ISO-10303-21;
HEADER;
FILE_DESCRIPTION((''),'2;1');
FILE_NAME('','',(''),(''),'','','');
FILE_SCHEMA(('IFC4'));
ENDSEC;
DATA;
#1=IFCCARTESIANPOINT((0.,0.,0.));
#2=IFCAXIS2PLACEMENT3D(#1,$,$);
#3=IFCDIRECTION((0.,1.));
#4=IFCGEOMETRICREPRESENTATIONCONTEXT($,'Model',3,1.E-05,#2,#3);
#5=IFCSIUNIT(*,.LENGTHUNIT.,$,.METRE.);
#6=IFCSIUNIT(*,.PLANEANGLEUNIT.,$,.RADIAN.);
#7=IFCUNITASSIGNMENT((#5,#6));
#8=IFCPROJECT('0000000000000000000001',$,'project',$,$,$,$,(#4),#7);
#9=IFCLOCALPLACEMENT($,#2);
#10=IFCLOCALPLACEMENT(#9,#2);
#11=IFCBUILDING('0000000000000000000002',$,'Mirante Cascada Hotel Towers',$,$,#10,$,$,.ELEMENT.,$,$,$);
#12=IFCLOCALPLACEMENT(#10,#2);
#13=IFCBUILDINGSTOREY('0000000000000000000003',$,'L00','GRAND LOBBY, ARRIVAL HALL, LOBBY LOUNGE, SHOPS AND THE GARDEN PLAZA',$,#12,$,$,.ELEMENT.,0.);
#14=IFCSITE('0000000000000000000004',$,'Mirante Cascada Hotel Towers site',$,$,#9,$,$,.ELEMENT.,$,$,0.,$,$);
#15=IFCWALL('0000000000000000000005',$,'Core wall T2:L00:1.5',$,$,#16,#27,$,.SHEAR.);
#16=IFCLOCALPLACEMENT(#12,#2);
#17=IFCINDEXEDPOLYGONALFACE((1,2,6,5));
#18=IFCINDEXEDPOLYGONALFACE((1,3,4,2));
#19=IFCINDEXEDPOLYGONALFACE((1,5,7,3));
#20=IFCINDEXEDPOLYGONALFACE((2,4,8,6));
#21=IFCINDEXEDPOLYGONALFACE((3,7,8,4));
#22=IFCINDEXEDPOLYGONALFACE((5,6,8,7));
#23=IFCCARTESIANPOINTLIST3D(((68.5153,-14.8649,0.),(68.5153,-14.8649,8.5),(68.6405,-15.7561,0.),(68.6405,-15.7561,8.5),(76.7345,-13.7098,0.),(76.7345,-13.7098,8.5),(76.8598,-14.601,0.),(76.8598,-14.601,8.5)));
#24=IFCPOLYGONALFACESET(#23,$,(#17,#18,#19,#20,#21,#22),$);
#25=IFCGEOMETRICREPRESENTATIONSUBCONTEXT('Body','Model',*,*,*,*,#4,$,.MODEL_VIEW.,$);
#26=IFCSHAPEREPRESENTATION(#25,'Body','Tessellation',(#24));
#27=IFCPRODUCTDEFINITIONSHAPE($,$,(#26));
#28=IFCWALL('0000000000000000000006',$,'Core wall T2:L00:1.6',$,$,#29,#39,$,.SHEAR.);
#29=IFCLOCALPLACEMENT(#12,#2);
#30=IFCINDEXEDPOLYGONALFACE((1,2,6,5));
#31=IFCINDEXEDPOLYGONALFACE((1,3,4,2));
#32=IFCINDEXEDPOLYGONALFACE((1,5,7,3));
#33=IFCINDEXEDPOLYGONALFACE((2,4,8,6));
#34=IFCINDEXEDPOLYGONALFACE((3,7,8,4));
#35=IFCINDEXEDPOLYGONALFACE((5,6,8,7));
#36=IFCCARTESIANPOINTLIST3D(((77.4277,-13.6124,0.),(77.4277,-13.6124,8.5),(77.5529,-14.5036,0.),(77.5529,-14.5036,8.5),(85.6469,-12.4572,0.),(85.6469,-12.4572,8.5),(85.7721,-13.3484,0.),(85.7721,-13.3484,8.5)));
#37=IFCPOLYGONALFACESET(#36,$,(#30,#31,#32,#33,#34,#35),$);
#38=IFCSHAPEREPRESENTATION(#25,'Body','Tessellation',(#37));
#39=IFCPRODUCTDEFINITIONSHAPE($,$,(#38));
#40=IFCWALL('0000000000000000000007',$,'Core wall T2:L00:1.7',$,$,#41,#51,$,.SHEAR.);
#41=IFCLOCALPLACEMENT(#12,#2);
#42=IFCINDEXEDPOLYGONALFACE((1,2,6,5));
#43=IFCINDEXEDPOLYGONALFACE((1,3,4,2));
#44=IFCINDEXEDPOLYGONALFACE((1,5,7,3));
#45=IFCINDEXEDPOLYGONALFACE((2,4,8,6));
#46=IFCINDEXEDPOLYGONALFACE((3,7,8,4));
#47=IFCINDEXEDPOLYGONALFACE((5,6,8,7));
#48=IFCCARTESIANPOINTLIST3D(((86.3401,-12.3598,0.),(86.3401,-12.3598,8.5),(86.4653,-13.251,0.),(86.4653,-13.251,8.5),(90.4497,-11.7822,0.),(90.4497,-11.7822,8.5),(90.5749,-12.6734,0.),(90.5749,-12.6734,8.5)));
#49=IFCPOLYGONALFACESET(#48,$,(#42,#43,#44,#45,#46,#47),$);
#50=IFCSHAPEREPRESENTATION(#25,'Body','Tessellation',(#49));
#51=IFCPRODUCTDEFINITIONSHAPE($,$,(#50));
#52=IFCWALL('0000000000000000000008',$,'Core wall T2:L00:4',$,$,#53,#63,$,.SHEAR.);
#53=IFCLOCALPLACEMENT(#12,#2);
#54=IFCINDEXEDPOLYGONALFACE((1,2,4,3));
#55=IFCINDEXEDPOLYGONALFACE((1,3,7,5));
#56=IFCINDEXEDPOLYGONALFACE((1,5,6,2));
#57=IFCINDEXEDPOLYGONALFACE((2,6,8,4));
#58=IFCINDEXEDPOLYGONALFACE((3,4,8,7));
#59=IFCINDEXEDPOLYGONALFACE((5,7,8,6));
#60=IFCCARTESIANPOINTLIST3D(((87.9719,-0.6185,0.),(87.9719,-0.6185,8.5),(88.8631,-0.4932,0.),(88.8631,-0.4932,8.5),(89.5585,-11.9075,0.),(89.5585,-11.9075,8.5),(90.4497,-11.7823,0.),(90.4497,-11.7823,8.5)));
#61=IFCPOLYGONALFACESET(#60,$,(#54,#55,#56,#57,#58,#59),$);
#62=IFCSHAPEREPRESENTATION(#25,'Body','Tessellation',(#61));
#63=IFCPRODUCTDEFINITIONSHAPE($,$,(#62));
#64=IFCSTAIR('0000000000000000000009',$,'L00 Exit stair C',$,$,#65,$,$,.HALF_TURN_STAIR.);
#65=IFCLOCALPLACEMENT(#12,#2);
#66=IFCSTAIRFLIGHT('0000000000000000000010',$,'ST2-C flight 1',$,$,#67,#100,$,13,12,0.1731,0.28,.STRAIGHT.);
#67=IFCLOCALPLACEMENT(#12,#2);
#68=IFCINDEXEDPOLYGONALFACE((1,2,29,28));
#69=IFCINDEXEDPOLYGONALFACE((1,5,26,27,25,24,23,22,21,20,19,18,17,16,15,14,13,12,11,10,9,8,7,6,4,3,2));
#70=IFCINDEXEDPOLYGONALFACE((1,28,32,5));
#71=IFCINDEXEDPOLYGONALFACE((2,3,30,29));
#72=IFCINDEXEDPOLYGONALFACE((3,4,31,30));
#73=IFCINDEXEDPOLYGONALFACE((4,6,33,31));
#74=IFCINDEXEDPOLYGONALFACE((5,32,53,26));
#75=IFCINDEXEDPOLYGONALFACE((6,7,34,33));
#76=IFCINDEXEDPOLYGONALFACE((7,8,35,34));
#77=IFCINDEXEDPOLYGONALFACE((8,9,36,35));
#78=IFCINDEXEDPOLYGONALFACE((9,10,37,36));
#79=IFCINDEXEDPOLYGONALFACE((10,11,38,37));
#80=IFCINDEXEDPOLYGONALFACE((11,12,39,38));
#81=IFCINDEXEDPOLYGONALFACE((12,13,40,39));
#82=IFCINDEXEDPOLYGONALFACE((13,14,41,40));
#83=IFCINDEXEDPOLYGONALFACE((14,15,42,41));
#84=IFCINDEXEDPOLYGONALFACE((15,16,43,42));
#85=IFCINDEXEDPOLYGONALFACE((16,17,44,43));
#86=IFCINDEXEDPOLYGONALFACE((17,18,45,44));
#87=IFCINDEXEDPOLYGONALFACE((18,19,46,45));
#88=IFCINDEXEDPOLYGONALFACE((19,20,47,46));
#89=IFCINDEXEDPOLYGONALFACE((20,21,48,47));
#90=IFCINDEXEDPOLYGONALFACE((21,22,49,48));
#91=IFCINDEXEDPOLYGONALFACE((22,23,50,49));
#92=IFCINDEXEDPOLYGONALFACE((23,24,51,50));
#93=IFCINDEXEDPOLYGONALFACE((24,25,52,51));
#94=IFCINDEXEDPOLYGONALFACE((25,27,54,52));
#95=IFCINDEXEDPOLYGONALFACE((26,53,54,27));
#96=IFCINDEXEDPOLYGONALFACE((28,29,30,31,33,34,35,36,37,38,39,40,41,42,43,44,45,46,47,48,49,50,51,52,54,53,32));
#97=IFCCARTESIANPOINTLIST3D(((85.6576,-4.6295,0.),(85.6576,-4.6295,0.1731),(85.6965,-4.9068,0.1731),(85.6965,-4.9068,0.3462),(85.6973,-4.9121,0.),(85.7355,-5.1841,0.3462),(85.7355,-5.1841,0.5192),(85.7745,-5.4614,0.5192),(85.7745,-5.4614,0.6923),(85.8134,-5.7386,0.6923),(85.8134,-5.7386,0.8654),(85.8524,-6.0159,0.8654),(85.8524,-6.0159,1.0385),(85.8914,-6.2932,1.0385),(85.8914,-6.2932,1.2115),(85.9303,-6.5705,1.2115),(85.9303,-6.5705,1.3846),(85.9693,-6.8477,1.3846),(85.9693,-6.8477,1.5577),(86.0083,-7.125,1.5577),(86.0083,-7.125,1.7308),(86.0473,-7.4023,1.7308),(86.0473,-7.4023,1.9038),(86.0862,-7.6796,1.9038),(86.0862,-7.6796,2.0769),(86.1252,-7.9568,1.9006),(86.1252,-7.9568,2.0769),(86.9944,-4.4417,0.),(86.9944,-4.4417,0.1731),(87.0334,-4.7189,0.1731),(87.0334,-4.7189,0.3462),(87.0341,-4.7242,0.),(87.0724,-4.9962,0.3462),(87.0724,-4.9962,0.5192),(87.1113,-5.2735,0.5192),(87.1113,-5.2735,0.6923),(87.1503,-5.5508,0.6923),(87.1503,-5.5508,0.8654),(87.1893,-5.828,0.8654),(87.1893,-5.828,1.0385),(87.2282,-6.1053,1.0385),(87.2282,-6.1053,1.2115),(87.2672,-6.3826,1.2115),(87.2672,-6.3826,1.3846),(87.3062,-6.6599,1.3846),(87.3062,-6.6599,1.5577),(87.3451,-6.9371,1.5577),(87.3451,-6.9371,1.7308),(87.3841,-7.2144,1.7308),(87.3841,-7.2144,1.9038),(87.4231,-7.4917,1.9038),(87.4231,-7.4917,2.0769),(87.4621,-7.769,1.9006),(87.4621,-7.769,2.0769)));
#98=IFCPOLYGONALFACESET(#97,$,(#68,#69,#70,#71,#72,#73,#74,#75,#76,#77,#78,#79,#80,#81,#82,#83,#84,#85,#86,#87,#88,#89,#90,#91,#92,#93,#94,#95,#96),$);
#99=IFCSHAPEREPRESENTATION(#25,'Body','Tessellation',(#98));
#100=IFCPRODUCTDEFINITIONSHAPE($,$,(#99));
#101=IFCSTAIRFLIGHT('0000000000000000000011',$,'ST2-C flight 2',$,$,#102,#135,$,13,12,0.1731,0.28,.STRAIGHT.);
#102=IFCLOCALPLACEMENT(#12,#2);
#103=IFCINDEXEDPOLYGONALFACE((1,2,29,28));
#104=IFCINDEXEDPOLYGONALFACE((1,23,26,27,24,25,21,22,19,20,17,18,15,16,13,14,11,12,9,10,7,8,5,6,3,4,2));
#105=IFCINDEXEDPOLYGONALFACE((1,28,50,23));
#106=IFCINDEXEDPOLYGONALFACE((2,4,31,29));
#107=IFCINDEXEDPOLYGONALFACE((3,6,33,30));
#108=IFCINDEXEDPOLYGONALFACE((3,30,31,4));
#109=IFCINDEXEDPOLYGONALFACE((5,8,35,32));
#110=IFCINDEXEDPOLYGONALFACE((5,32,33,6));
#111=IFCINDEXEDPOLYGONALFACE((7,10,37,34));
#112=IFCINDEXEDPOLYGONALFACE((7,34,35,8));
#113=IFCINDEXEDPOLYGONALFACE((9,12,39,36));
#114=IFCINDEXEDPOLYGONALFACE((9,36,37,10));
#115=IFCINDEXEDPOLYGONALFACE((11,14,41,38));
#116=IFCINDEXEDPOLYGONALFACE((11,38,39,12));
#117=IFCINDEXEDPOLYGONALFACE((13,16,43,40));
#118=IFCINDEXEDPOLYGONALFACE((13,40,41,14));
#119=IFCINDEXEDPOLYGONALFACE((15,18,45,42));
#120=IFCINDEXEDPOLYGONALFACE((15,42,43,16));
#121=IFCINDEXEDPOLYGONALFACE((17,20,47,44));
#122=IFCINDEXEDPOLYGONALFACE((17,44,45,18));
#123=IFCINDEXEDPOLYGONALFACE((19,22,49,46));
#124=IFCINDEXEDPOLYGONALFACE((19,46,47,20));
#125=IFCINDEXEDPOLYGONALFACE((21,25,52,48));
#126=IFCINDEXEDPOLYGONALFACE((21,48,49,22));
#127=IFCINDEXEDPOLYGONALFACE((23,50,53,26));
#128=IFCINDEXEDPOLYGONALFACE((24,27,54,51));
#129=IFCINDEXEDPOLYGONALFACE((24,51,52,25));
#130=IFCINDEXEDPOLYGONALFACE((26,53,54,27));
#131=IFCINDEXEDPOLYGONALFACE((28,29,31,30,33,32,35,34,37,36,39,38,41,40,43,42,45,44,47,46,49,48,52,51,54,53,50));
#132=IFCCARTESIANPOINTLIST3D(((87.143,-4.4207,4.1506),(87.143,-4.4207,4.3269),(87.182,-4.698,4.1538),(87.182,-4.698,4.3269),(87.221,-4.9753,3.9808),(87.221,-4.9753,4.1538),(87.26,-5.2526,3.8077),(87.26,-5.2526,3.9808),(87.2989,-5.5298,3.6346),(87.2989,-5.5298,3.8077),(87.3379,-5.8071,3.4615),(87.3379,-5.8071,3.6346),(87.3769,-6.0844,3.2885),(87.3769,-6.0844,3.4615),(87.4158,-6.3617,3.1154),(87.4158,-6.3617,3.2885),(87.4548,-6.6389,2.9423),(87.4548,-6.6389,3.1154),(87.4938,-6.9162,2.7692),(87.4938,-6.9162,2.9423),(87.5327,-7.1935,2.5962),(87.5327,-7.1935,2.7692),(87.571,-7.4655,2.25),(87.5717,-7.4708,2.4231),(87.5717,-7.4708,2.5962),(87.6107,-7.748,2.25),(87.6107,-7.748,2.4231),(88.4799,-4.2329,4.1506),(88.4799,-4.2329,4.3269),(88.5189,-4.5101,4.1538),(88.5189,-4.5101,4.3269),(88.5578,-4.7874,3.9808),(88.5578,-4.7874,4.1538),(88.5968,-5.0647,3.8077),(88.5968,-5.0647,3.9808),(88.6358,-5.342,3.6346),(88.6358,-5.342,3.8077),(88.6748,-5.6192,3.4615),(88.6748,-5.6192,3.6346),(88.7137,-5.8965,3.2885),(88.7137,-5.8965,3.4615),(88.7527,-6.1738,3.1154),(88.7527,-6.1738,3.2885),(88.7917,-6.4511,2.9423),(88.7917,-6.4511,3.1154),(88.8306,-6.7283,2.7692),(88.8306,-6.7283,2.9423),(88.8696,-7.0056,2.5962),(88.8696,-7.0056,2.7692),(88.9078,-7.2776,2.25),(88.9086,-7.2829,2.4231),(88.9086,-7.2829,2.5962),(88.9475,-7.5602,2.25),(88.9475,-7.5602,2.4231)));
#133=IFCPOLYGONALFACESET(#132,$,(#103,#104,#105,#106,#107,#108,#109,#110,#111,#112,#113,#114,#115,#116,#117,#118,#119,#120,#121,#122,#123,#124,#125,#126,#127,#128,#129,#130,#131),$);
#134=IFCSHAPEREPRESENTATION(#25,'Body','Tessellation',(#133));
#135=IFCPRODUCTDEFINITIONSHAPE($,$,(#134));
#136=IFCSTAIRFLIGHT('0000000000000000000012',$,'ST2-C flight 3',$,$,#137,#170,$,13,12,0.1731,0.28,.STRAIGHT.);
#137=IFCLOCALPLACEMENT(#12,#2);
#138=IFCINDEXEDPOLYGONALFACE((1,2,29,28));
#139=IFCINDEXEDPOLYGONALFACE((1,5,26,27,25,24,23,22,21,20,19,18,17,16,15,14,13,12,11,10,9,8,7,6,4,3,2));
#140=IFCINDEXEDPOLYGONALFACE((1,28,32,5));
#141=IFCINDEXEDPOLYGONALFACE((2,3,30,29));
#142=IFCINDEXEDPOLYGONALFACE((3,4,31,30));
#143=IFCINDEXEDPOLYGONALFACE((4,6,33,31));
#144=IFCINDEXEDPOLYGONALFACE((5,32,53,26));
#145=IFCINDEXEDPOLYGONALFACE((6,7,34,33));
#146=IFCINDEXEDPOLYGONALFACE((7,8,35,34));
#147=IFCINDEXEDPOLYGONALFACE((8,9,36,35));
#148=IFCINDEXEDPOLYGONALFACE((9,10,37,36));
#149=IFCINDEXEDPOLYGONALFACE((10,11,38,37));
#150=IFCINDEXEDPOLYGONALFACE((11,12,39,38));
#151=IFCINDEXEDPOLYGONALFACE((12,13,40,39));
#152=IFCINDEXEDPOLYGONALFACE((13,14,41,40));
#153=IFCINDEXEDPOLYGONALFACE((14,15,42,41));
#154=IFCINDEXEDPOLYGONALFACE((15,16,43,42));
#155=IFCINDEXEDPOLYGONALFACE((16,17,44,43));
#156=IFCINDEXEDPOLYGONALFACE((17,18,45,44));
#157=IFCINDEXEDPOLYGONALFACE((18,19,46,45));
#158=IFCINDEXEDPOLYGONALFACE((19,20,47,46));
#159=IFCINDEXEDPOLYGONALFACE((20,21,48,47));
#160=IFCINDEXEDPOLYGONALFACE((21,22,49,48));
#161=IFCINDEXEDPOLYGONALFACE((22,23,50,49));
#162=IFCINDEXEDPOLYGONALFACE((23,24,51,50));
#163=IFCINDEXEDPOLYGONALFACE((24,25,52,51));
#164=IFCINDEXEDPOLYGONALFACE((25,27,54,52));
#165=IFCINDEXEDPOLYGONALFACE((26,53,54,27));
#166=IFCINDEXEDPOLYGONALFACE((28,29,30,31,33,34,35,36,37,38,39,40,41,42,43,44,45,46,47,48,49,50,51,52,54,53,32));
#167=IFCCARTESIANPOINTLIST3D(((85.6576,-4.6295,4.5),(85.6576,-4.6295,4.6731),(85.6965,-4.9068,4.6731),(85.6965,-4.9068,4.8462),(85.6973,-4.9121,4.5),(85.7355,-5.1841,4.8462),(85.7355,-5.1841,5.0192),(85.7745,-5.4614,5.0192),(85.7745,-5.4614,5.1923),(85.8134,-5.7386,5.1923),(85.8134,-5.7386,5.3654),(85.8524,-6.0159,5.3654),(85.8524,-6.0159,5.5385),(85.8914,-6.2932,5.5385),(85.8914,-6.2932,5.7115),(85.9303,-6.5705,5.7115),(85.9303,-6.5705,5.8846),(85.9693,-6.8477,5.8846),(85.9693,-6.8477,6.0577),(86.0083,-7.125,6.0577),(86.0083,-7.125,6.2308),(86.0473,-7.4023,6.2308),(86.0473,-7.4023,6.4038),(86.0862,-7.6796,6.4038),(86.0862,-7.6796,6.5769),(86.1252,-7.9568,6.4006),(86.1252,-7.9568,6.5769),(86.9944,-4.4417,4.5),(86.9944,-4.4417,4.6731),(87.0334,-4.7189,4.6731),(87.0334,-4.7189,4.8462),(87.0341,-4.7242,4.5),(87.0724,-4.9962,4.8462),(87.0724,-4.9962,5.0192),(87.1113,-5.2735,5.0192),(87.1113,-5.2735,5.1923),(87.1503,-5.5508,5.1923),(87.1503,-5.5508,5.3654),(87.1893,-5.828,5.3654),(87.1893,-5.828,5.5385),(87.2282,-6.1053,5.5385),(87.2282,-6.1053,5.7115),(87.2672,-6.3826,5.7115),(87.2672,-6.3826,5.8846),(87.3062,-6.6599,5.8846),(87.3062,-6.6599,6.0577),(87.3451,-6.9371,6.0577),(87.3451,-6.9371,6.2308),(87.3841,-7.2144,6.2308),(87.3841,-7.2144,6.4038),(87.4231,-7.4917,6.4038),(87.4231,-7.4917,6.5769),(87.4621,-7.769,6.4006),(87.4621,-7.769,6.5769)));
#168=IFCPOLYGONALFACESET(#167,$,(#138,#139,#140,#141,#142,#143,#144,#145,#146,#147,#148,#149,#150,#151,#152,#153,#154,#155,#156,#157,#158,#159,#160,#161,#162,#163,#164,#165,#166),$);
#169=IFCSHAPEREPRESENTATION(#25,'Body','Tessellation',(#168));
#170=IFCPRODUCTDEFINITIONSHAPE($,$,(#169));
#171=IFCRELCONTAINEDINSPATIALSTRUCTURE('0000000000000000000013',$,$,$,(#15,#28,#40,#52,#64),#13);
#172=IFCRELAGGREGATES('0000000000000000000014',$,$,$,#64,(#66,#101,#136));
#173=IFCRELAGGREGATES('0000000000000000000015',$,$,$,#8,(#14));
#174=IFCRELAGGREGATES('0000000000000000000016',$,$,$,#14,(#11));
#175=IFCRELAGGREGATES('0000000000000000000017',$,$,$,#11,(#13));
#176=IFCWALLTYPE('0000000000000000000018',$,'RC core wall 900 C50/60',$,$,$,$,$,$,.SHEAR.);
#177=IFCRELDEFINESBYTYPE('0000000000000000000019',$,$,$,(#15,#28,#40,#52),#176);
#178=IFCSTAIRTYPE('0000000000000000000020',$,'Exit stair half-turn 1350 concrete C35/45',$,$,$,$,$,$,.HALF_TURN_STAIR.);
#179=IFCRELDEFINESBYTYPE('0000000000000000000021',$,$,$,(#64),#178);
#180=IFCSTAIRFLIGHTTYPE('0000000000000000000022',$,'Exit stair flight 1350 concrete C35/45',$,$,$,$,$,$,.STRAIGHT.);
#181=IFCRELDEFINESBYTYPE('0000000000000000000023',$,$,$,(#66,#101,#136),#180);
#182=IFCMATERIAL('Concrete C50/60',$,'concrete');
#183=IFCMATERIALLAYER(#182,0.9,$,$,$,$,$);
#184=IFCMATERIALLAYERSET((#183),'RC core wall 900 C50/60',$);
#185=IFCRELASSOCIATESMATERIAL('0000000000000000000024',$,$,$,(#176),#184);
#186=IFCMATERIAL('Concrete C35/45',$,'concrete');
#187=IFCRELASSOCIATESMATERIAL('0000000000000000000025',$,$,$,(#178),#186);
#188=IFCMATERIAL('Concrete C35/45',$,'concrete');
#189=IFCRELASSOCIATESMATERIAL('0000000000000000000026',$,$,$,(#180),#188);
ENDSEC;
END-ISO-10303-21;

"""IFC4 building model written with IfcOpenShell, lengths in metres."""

from ifc_helpers import new_model, si_unit, direction, frame, frame_2d, origin, place, context, subcontext, project, spatial, polyline, rectangle, outline, extrude, material, layer, layer_set, type_object, element, aggregate, save


model = new_model("IFC4")

# Units and contexts
model_context = context("Model", 3, precision=1e-05, world=origin(), true_north=direction((0.0, 1.0)))
body_context = subcontext(model_context, "Body", "Model", "MODEL_VIEW")
ifc_project = project(units=[si_unit("LENGTHUNIT", "METRE"), si_unit("PLANEANGLEUNIT", "RADIAN")], contexts=[model_context])

# Site, building, storey
site_placement = place(None, origin())
site = spatial("IfcSite", under=ifc_project, at=site_placement, Name="Mirante Cascada Hotel Towers site", CompositionType="ELEMENT", RefElevation=0.0)
building_placement = place(site_placement, origin())
building = spatial("IfcBuilding", under=site, at=building_placement, Name="Mirante Cascada Hotel Towers", CompositionType="ELEMENT")
storey_placement = place(building_placement, origin())
storey = spatial("IfcBuildingStorey", under=building, at=storey_placement, Name="L00", Description="GRAND LOBBY, ARRIVAL HALL, LOBBY LOUNGE, SHOPS AND THE GARDEN PLAZA", CompositionType="ELEMENT", Elevation=0.0)

# Walls
ifc_material_1 = material(Name="Concrete C50/60", Category="concrete")
ifc_layer_1 = layer(ifc_material_1, 0.9)
ifc_layer_set_1 = layer_set([ifc_layer_1], Name="RC core wall 900 C50/60")
wall_type_1 = type_object("IfcWallType", Name="RC core wall 900 C50/60", PredefinedType="SHEAR", material=ifc_layer_set_1)
for number, where, z_axis, x_axis, name in (
    (1, (68.5779, -15.3105, 0.0), (0.0, 0.0, 1.0), (0.990269, 0.139169, 0.0), "Core wall T2:L00:1.5"),
    (2, (77.4903, -14.058, 0.0), (0.0, 0.0, 1.0), (0.990267, 0.139181, 0.0), "Core wall T2:L00:1.6"),
):
    element("IfcWall", number, at=place(storey_placement, frame(where, z_axis=z_axis, x_axis=x_axis)), inside=storey, type_object=wall_type_1, Name=name, PredefinedType="SHEAR", context=body_context, shape_type="SweptSolid", body=[
        extrude(rectangle(XDim=8.3, YDim=0.9, at=frame_2d((4.15, 0.0))), origin(), (0.0, 0.0, 1.0), 8.5),
    ])
wall_1_placement = place(storey_placement, frame((86.4027, -12.8054, 0.0), z_axis=(0.0, 0.0, 1.0), x_axis=(0.990267, 0.139181, 0.0)))
element("IfcWall", 3, at=wall_1_placement, inside=storey, type_object=wall_type_1, Name="Core wall T2:L00:1.7", PredefinedType="SHEAR", context=body_context, shape_type="SweptSolid", body=[
    extrude(rectangle(XDim=4.15, YDim=0.9, at=frame_2d((2.075, 0.0))), origin(), (0.0, 0.0, 1.0), 8.5),
])
wall_2_placement = place(storey_placement, frame((90.0041, -11.8449, 0.0), z_axis=(0.0, 0.0, 1.0), x_axis=(-0.139175, 0.990268, 0.0)))
element("IfcWall", 4, at=wall_2_placement, inside=storey, type_object=wall_type_1, Name="Core wall T2:L00:4", PredefinedType="SHEAR", context=body_context, shape_type="SweptSolid", body=[
    extrude(rectangle(XDim=11.4, YDim=0.9, at=frame_2d((5.7, 0.0))), origin(), (0.0, 0.0, 1.0), 8.5),
])

# Stair, stair flights
ifc_material_2 = material(Name="Concrete C35/45", Category="concrete")
stair_type = type_object("IfcStairType", Name="Exit stair half-turn 1350 concrete C35/45", PredefinedType="HALF_TURN_STAIR", material=ifc_material_2)
stair_placement = place(storey_placement, origin())
stair = element("IfcStair", 5, at=stair_placement, inside=storey, type_object=stair_type, Name="L00 Exit stair C", PredefinedType="HALF_TURN_STAIR")
ifc_material_3 = material(Name="Concrete C35/45", Category="concrete")
stair_flight_type = type_object("IfcStairFlightType", Name="Exit stair flight 1350 concrete C35/45", PredefinedType="STRAIGHT", material=ifc_material_3)
stair_flight_1_placement = place(storey_placement, frame((86.326, -4.5356, 0.0), z_axis=(0.0, 0.0, 1.0), x_axis=(0.139173, -0.990268, 0.0)))
stair_flight_1 = element("IfcStairFlight", 6, at=stair_flight_1_placement, type_object=stair_flight_type, Name="ST2-C flight 1", NumberOfRisers=13, NumberOfTreads=12, PredefinedType="STRAIGHT", RiserHeight=0.1731, TreadLength=0.28, context=body_context, shape_type="SweptSolid", body=[
    extrude(outline(polyline([(0.0, 0.0), (0.0, 0.1731), (0.28, 0.1731), (0.28, 0.3462), (0.56, 0.3462), (0.56, 0.5192), (0.84, 0.5192), (0.84, 0.6923), (1.12, 0.6923), (1.12, 0.8654), (1.4, 0.8654), (1.4, 1.0385), (1.68, 1.0385), (1.68, 1.2115), (1.96, 1.2115), (1.96, 1.3846), (2.24, 1.3846), (2.24, 1.5577), (2.52, 1.5577), (2.52, 1.7308), (2.8, 1.7308), (2.8, 1.9038), (3.08, 1.9038), (3.08, 2.0769), (3.36, 2.0769), (3.36, 2.25), (3.36, 1.9006), (0.2853, 0.0), (0.0, 0.0)])), frame((0.0, 0.675, 0.0), z_axis=(0.0, -1.0, 0.0), x_axis=(1.0, 0.0, 0.0)), (0.0, 0.0, 1.0), 1.35),
])
stair_flight_2_placement = place(storey_placement, frame((88.2791, -7.6541, 2.25), z_axis=(0.0, 0.0, 1.0), x_axis=(-0.139173, 0.990268, 0.0)))
stair_flight_2 = element("IfcStairFlight", 7, at=stair_flight_2_placement, type_object=stair_flight_type, Name="ST2-C flight 2", NumberOfRisers=13, NumberOfTreads=12, PredefinedType="STRAIGHT", RiserHeight=0.1731, TreadLength=0.28, context=body_context, shape_type="SweptSolid", body=[
    extrude(outline(polyline([(0.0, 0.0), (0.0, 0.1731), (0.28, 0.1731), (0.28, 0.3462), (0.56, 0.3462), (0.56, 0.5192), (0.84, 0.5192), (0.84, 0.6923), (1.12, 0.6923), (1.12, 0.8654), (1.4, 0.8654), (1.4, 1.0385), (1.68, 1.0385), (1.68, 1.2115), (1.96, 1.2115), (1.96, 1.3846), (2.24, 1.3846), (2.24, 1.5577), (2.52, 1.5577), (2.52, 1.7308), (2.8, 1.7308), (2.8, 1.9038), (3.08, 1.9038), (3.08, 2.0769), (3.36, 2.0769), (3.36, 2.25), (3.36, 1.9006), (0.2853, 0.0), (0.0, 0.0)])), frame((0.0, 0.675, 0.0), z_axis=(0.0, -1.0, 0.0), x_axis=(1.0, 0.0, 0.0)), (0.0, 0.0, 1.0), 1.35),
])
stair_flight_3_placement = place(storey_placement, frame((86.326, -4.5356, 4.5), z_axis=(0.0, 0.0, 1.0), x_axis=(0.139173, -0.990268, 0.0)))
stair_flight_3 = element("IfcStairFlight", 8, at=stair_flight_3_placement, type_object=stair_flight_type, Name="ST2-C flight 3", NumberOfRisers=13, NumberOfTreads=12, PredefinedType="STRAIGHT", RiserHeight=0.1731, TreadLength=0.28, context=body_context, shape_type="SweptSolid", body=[
    extrude(outline(polyline([(0.0, 0.0), (0.0, 0.1731), (0.28, 0.1731), (0.28, 0.3462), (0.56, 0.3462), (0.56, 0.5192), (0.84, 0.5192), (0.84, 0.6923), (1.12, 0.6923), (1.12, 0.8654), (1.4, 0.8654), (1.4, 1.0385), (1.68, 1.0385), (1.68, 1.2115), (1.96, 1.2115), (1.96, 1.3846), (2.24, 1.3846), (2.24, 1.5577), (2.52, 1.5577), (2.52, 1.7308), (2.8, 1.7308), (2.8, 1.9038), (3.08, 1.9038), (3.08, 2.0769), (3.36, 2.0769), (3.36, 2.25), (3.36, 1.9006), (0.2853, 0.0), (0.0, 0.0)])), frame((0.0, 0.675, 0.0), z_axis=(0.0, -1.0, 0.0), x_axis=(1.0, 0.0, 0.0)), (0.0, 0.0, 1.0), 1.35),
])
aggregate(stair, [stair_flight_1, stair_flight_2, stair_flight_3])

save(model, "model.ifc")
